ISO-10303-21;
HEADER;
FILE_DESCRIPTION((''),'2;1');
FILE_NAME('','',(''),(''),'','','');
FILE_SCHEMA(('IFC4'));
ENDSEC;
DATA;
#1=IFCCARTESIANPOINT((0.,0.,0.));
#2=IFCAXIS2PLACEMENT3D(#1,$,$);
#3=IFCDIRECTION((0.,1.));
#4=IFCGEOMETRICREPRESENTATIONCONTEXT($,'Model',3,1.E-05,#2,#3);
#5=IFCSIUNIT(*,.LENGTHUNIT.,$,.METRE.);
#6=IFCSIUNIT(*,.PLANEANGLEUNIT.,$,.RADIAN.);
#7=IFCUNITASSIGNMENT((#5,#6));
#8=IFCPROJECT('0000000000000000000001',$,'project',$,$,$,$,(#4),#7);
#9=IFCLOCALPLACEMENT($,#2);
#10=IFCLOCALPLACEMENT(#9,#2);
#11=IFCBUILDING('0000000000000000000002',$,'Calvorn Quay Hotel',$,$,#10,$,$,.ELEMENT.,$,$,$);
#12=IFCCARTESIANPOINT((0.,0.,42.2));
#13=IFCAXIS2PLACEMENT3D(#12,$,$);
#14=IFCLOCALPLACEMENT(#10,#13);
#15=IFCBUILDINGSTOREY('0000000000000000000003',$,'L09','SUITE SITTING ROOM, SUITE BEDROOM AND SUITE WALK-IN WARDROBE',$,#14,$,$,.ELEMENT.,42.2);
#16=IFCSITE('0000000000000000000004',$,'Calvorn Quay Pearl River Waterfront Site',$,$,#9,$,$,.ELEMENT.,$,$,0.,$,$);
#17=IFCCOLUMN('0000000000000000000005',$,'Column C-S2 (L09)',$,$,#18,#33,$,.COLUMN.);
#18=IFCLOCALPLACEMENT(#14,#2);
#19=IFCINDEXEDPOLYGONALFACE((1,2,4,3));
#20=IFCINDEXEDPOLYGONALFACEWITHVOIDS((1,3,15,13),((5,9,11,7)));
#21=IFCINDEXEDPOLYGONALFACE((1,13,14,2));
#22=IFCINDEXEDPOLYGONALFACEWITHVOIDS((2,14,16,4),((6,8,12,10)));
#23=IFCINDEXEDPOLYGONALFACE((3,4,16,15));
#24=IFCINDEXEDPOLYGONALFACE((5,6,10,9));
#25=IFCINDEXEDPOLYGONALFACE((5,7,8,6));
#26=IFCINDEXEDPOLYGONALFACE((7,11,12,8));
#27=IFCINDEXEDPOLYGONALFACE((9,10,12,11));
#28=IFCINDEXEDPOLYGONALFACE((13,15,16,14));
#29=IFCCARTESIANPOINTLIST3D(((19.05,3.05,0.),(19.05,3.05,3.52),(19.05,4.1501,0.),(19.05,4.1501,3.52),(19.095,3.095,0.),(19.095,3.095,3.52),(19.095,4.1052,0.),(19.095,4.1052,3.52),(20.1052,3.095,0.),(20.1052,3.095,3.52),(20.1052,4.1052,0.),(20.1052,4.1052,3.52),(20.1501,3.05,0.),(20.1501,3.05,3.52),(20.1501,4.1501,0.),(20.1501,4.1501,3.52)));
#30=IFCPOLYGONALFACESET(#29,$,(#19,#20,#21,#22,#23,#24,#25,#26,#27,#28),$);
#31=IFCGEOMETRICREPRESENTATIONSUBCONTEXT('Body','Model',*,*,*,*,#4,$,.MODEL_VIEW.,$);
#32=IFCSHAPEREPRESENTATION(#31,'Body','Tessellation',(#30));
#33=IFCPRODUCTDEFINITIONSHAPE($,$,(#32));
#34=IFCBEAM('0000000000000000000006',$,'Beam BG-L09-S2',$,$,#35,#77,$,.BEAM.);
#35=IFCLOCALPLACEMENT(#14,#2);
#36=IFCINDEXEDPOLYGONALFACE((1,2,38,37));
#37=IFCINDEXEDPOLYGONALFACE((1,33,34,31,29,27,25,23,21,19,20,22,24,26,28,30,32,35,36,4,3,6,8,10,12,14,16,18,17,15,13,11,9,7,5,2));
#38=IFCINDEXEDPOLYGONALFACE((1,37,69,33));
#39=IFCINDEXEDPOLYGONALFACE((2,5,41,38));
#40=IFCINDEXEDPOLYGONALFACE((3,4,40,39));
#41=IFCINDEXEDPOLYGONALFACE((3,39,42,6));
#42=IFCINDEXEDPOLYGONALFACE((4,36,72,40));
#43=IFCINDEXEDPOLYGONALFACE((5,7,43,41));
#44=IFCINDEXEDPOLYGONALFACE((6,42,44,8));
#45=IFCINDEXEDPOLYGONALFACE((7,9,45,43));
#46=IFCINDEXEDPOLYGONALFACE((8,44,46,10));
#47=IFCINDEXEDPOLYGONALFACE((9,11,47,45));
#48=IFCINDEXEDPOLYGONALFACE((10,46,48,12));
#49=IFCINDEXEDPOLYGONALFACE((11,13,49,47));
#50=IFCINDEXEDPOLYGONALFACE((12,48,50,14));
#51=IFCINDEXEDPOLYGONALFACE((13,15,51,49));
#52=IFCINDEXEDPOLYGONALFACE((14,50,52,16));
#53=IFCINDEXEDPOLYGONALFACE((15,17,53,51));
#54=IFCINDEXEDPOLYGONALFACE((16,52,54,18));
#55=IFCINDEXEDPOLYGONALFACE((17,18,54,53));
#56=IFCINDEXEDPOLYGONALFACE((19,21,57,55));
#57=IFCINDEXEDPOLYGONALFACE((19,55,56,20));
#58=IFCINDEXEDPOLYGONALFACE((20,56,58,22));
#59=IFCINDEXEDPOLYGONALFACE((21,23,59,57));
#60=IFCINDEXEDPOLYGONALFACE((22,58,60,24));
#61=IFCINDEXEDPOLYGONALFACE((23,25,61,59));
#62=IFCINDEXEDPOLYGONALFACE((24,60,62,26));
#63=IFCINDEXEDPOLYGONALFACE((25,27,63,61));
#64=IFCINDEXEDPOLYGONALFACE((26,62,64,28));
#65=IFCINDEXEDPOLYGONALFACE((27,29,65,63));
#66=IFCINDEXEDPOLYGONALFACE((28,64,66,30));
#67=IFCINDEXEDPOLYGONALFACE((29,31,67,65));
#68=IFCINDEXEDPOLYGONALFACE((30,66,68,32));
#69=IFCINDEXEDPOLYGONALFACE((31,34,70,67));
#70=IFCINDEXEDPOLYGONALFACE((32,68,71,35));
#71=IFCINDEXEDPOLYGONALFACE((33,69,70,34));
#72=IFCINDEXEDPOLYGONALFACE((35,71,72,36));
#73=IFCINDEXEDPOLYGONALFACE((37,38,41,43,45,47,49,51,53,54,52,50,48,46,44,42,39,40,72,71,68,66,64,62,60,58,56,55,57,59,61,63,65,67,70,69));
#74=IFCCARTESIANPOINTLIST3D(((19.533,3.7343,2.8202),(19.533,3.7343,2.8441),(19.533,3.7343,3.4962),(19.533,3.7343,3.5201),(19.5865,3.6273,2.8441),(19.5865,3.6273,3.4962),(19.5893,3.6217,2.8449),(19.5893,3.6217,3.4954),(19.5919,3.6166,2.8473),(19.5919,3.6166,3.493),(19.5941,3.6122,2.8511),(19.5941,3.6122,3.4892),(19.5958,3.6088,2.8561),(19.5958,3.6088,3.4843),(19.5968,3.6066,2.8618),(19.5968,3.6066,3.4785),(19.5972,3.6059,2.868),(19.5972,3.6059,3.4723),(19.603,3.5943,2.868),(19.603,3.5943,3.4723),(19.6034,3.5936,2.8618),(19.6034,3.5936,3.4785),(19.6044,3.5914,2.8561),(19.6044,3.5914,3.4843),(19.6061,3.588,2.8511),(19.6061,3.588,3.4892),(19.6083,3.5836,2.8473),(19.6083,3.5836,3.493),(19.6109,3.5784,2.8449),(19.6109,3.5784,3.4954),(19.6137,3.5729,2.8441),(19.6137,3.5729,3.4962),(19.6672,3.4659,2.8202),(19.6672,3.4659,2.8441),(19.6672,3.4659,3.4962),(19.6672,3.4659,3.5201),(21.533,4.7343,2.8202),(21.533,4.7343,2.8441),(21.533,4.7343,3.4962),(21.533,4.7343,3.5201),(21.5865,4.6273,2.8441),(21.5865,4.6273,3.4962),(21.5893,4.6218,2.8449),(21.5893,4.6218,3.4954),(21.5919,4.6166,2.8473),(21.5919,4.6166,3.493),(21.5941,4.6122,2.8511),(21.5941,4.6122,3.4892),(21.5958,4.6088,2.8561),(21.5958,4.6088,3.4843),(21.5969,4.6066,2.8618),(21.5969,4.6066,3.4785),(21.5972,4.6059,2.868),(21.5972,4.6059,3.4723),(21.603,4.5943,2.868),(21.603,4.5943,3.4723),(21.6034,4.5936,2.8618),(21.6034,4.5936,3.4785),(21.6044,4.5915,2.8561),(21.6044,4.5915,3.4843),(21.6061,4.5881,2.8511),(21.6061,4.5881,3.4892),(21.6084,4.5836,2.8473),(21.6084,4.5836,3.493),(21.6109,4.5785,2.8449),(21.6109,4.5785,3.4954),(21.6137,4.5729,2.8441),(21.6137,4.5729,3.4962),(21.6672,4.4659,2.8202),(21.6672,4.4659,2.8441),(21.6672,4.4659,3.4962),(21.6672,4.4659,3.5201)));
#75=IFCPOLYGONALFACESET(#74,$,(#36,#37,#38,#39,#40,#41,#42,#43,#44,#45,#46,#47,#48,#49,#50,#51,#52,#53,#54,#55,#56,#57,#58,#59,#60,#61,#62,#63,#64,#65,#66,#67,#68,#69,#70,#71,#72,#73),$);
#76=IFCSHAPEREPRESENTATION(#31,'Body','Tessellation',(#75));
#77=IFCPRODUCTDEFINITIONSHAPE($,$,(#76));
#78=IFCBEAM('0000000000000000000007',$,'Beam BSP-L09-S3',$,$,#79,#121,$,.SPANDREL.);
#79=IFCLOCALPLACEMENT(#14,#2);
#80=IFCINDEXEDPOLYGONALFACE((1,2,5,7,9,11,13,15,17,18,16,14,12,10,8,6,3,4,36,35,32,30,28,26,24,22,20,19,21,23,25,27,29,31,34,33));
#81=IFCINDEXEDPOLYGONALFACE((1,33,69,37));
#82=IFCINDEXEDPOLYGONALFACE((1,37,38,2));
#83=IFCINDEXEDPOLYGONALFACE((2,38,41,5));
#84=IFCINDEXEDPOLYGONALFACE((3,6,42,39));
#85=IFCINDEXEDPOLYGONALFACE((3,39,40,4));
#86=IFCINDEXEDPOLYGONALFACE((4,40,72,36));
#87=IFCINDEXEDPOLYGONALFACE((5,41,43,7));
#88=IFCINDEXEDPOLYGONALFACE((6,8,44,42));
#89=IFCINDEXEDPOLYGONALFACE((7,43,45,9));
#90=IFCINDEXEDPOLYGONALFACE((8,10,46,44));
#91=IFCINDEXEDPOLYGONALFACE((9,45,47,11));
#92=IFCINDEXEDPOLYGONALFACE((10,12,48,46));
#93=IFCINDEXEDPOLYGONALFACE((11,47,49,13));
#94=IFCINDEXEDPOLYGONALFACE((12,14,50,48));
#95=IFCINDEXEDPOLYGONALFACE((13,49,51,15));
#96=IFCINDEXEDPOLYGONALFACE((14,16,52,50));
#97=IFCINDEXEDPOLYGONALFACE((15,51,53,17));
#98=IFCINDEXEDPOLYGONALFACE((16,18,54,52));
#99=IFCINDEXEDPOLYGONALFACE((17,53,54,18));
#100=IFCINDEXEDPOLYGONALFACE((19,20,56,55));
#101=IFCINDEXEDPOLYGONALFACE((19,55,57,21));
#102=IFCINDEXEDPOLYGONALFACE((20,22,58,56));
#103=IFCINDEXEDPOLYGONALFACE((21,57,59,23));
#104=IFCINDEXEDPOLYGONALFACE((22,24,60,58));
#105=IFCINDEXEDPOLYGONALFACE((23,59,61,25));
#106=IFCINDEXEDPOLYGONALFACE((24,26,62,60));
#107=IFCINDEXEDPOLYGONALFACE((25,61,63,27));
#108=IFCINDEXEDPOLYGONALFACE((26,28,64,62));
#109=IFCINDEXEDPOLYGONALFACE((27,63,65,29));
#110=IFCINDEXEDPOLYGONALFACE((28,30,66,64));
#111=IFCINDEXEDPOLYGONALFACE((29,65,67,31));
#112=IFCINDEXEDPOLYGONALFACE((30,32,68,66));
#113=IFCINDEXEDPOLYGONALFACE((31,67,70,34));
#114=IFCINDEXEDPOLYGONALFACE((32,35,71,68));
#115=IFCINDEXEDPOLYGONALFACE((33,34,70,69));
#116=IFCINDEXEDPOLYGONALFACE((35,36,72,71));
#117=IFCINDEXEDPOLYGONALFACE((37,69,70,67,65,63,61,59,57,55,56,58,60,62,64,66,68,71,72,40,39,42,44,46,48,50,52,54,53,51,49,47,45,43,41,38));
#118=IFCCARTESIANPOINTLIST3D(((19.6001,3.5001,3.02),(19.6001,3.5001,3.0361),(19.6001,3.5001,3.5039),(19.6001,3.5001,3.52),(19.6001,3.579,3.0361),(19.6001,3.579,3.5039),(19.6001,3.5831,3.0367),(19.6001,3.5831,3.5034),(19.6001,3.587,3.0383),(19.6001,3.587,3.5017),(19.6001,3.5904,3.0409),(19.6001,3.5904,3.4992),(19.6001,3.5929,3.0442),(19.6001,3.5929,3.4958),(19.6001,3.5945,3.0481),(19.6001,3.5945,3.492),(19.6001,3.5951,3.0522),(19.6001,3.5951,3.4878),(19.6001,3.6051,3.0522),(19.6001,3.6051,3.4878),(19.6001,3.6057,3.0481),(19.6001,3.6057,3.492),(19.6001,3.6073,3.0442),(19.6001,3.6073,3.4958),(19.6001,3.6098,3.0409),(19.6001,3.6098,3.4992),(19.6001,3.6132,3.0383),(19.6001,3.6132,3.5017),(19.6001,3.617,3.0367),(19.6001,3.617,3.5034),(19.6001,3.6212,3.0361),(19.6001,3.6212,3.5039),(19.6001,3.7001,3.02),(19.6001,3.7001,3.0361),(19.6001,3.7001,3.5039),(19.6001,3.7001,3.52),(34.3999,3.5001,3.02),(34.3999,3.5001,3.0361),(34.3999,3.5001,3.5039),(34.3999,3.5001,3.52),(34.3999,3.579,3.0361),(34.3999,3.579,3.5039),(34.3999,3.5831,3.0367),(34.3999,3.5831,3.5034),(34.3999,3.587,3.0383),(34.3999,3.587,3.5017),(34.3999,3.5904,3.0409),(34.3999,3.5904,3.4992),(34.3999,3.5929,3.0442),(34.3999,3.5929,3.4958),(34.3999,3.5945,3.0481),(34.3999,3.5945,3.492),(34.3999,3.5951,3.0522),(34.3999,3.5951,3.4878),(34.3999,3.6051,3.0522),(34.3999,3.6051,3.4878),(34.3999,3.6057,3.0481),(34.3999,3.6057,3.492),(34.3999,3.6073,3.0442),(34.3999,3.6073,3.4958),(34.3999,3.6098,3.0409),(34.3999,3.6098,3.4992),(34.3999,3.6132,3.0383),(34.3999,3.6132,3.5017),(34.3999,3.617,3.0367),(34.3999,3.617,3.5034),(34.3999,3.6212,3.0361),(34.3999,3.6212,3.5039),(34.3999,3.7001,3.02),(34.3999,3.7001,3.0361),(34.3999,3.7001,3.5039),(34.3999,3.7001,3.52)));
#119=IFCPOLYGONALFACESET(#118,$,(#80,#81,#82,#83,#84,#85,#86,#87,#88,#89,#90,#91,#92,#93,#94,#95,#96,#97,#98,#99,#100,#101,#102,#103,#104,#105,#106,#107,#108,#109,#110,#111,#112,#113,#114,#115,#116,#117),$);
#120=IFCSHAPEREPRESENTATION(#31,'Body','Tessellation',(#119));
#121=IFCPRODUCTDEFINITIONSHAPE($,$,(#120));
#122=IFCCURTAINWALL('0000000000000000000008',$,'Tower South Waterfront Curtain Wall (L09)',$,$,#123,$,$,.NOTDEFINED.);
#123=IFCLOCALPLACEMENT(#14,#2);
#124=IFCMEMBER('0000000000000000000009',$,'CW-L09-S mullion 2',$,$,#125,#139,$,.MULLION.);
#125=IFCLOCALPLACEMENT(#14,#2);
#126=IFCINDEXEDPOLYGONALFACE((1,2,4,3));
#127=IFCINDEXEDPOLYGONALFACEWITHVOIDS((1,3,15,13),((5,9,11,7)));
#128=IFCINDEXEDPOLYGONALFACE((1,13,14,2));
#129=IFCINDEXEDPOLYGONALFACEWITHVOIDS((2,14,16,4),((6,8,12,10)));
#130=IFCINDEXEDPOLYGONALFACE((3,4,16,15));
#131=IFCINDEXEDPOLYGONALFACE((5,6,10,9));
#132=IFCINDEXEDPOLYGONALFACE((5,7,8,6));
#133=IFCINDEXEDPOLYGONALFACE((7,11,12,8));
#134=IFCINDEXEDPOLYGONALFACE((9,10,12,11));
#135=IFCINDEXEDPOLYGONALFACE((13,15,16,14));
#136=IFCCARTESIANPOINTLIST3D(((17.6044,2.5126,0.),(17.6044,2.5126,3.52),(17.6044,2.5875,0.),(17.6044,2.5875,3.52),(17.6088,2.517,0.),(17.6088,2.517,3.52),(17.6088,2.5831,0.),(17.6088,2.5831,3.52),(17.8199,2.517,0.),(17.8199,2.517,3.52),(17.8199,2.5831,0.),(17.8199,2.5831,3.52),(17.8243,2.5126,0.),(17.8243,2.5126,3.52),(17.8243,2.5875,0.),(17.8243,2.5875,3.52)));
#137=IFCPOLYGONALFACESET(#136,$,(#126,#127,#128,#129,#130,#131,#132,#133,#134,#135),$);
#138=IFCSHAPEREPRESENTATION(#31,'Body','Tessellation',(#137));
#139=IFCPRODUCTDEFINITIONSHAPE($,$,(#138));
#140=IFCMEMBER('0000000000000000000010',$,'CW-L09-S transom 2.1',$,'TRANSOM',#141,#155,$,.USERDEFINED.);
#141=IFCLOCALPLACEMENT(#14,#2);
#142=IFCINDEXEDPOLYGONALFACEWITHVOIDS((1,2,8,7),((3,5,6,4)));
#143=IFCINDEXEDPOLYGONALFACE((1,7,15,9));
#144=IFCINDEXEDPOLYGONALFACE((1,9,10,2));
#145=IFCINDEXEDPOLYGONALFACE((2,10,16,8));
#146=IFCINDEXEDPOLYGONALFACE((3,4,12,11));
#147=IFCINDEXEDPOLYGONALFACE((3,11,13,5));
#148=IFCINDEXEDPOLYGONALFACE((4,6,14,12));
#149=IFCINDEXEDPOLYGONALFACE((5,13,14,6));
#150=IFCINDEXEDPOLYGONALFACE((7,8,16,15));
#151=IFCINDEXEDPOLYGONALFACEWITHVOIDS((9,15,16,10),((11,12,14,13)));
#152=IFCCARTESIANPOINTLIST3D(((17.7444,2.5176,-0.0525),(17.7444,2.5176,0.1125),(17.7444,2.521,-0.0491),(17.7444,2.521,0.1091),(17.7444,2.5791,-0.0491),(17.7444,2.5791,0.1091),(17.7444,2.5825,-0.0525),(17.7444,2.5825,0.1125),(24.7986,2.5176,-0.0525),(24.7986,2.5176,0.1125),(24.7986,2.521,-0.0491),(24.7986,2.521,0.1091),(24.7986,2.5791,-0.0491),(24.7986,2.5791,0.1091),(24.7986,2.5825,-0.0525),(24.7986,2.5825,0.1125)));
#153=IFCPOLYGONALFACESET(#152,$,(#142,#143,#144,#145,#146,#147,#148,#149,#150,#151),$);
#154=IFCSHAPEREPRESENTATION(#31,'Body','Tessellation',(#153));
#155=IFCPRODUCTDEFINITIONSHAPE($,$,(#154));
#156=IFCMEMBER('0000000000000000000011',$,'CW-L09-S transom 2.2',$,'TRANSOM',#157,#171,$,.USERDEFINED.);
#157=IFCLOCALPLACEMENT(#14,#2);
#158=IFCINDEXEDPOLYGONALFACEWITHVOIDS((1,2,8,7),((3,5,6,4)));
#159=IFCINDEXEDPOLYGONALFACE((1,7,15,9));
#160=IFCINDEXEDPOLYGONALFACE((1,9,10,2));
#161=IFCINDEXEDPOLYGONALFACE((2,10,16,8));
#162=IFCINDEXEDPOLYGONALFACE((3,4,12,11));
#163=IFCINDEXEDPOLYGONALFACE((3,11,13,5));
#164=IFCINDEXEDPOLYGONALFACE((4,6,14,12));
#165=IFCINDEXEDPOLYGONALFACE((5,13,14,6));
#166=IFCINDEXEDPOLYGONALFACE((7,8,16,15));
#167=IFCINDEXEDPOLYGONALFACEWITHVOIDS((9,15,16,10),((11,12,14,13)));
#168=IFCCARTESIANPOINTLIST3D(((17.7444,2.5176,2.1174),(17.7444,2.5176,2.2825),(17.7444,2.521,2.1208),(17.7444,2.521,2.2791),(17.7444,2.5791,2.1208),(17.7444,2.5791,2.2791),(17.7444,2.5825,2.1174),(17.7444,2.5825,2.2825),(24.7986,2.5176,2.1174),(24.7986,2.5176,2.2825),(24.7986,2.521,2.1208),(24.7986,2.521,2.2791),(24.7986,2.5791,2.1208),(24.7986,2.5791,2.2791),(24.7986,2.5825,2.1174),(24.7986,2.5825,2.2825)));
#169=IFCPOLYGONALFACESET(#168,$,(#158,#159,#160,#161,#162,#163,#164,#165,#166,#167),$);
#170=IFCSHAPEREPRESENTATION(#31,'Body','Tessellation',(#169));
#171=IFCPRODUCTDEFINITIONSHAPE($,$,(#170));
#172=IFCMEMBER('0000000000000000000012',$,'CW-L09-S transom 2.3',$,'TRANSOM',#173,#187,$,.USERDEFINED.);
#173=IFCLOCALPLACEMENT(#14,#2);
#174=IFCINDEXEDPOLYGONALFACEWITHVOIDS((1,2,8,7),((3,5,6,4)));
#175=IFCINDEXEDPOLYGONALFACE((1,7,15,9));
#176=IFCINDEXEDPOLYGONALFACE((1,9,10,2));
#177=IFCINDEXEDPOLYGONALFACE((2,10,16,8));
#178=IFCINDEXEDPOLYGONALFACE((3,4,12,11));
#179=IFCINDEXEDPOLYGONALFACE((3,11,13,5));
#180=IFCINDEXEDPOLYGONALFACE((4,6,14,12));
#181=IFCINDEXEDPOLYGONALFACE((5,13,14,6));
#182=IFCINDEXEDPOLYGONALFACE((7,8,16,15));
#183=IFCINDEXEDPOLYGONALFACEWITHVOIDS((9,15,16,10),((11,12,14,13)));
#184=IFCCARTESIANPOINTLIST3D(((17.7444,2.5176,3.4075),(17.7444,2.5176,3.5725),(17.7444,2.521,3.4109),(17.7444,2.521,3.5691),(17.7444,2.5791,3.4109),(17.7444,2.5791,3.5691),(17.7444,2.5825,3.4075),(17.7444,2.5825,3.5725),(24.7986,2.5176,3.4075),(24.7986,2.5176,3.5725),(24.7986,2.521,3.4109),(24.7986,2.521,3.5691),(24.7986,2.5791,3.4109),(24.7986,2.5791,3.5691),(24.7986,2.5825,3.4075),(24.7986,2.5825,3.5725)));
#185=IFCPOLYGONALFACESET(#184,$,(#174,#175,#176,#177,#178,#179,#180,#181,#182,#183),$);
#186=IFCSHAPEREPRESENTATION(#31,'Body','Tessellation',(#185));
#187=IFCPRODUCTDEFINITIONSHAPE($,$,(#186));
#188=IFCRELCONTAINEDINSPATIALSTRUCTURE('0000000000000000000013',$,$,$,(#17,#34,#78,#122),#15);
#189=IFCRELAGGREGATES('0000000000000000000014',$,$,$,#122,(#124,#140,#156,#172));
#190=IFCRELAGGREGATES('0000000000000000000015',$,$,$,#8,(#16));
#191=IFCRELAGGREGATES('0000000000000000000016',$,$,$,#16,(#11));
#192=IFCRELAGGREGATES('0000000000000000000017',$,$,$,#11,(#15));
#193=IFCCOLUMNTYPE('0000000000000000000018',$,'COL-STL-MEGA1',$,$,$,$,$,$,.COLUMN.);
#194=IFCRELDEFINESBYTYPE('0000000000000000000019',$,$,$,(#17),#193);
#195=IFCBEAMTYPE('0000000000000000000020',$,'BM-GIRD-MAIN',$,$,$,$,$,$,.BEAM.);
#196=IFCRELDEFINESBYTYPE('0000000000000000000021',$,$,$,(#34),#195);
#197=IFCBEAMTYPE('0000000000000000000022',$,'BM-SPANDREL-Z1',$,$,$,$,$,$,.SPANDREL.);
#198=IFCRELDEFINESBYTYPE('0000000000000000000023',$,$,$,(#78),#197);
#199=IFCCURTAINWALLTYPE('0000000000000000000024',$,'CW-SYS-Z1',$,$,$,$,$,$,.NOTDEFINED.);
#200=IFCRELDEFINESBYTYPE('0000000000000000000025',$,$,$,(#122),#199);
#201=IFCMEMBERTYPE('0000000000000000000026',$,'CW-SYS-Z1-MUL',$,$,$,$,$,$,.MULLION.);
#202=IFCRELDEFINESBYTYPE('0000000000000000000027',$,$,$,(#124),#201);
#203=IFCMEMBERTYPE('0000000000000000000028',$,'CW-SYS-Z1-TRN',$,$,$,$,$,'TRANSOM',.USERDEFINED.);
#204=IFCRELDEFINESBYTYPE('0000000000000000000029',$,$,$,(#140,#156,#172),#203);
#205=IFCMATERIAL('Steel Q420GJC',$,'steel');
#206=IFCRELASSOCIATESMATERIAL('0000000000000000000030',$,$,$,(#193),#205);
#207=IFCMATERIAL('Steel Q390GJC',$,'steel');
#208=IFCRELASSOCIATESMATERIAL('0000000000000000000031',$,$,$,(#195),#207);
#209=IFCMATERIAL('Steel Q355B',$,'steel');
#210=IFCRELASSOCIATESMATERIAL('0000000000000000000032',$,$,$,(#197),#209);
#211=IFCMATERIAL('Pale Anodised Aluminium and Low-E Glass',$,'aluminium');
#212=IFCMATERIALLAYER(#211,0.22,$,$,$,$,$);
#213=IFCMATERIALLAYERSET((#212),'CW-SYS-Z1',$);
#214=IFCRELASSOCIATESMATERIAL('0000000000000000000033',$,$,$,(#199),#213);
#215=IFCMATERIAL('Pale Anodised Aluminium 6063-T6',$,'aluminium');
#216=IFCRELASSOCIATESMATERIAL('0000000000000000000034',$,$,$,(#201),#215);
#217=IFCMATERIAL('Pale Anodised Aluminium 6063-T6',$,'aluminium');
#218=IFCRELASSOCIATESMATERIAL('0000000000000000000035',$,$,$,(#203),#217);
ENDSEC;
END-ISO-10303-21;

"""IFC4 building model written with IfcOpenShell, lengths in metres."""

from ifc_helpers import new_model, si_unit, direction, frame, origin, origin_2d, place, context, subcontext, project, spatial, hollow_rectangle, i_section, extrude, material, layer, layer_set, material_profile, profile_set, type_object, element, aggregate, save


model = new_model("IFC4")

# Units and contexts
model_context = context("Model", 3, precision=1e-05, world=origin(), true_north=direction((0.0, 1.0)))
body_context = subcontext(model_context, "Body", "Model", "MODEL_VIEW")
ifc_project = project(units=[si_unit("LENGTHUNIT", "METRE"), si_unit("PLANEANGLEUNIT", "RADIAN")], contexts=[model_context])

# Site, building, storey
site_placement = place(None, origin())
site = spatial("IfcSite", under=ifc_project, at=site_placement, Name="Calvorn Quay Pearl River Waterfront Site", CompositionType="ELEMENT", RefElevation=0.0)
building_placement = place(site_placement, origin())
building = spatial("IfcBuilding", under=site, at=building_placement, Name="Calvorn Quay Hotel", CompositionType="ELEMENT")
storey_placement = place(building_placement, frame((0.0, 0.0, 42.2)))
storey = spatial("IfcBuildingStorey", under=building, at=storey_placement, Name="L09", Description="SUITE SITTING ROOM, SUITE BEDROOM AND SUITE WALK-IN WARDROBE", CompositionType="ELEMENT", Elevation=42.2)

# Column
ifc_material_1 = material(Name="Steel Q420GJC", Category="steel")
ifc_material_profile_1 = material_profile(ifc_material_1, hollow_rectangle(XDim=1.1001, YDim=1.1001, WallThickness=0.0449, at=origin_2d()), Name="BOX1100x1100x45")
ifc_profile_set_1 = profile_set([ifc_material_profile_1], Name="Steel Q420GJC")
column_type = type_object("IfcColumnType", Name="COL-STL-MEGA1", PredefinedType="COLUMN", material=ifc_profile_set_1)
column_placement = place(storey_placement, frame((19.6001, 3.6001, 0.0), z_axis=(0.0, 0.0, 1.0), x_axis=(1.0, 0.0, 0.0)))
element("IfcColumn", 1, at=column_placement, inside=storey, type_object=column_type, Name="Column C-S2 (L09)", PredefinedType="COLUMN", context=body_context, shape_type="SweptSolid", body=[
    extrude(hollow_rectangle(XDim=1.1001, YDim=1.1001, WallThickness=0.0449, at=origin_2d()), origin(), (0.0, 0.0, 1.0), 3.52),
])

# Beams
ifc_material_2 = material(Name="Steel Q390GJC", Category="steel")
ifc_material_profile_2 = material_profile(ifc_material_2, i_section(OverallWidth=0.3, OverallDepth=0.7, WebThickness=0.0129, FlangeThickness=0.0239, FilletRadius=0.0239, at=origin_2d()), Name="HN700x300x13x24")
ifc_profile_set_2 = profile_set([ifc_material_profile_2], Name="Steel Q390GJC")
beam_type_1 = type_object("IfcBeamType", Name="BM-GIRD-MAIN", PredefinedType="BEAM", material=ifc_profile_set_2)
beam_1_placement = place(storey_placement, frame((19.6001, 3.6001, 3.1702), z_axis=(0.894427, 0.447214, 0.0), x_axis=(-0.447214, 0.894427, 0.0)))
element("IfcBeam", 2, at=beam_1_placement, inside=storey, type_object=beam_type_1, Name="Beam BG-L09-S2", PredefinedType="BEAM", context=body_context, shape_type="SweptSolid", body=[
    extrude(i_section(OverallWidth=0.3, OverallDepth=0.7, WebThickness=0.0129, FlangeThickness=0.0239, FilletRadius=0.0239, at=origin_2d()), origin(), (0.0, 0.0, 1.0), 2.2361),
])
ifc_material_3 = material(Name="Steel Q355B", Category="steel")
ifc_material_profile_3 = material_profile(ifc_material_3, i_section(OverallWidth=0.2, OverallDepth=0.5, WebThickness=0.01, FlangeThickness=0.0161, FilletRadius=0.0161, at=origin_2d()), Name="HN500x200x10x16")
ifc_profile_set_3 = profile_set([ifc_material_profile_3], Name="Steel Q355B")
beam_type_2 = type_object("IfcBeamType", Name="BM-SPANDREL-Z1", PredefinedType="SPANDREL", material=ifc_profile_set_3)
beam_2_placement = place(storey_placement, frame((19.6001, 3.6001, 3.27), z_axis=(1.0, 0.0, 0.0), x_axis=(0.0, 1.0, 0.0)))
element("IfcBeam", 3, at=beam_2_placement, inside=storey, type_object=beam_type_2, Name="Beam BSP-L09-S3", PredefinedType="SPANDREL", context=body_context, shape_type="SweptSolid", body=[
    extrude(i_section(OverallWidth=0.2, OverallDepth=0.5, WebThickness=0.01, FlangeThickness=0.0161, FilletRadius=0.0161, at=origin_2d()), origin(), (0.0, 0.0, 1.0), 14.7998),
])

# Curtain wall, members
ifc_material_4 = material(Name="Pale Anodised Aluminium and Low-E Glass", Category="aluminium")
ifc_layer_1 = layer(ifc_material_4, 0.22)
ifc_layer_set_1 = layer_set([ifc_layer_1], Name="CW-SYS-Z1")
curtain_wall_type = type_object("IfcCurtainWallType", Name="CW-SYS-Z1", PredefinedType="NOTDEFINED", material=ifc_layer_set_1)
curtain_wall_placement = place(storey_placement, origin())
curtain_wall = element("IfcCurtainWall", 4, at=curtain_wall_placement, inside=storey, type_object=curtain_wall_type, Name="Tower South Waterfront Curtain Wall (L09)", PredefinedType="NOTDEFINED")
ifc_material_5 = material(Name="Pale Anodised Aluminium 6063-T6", Category="aluminium")
ifc_material_profile_4 = material_profile(ifc_material_5, hollow_rectangle(XDim=0.075, YDim=0.22, WallThickness=0.0044, at=origin_2d()), Name="ALU-M220x75x4.5")
ifc_profile_set_4 = profile_set([ifc_material_profile_4], Name="Pale Anodised Aluminium 6063-T6")
member_type_1 = type_object("IfcMemberType", Name="CW-SYS-Z1-MUL", PredefinedType="MULLION", material=ifc_profile_set_4)
member_1_placement = place(storey_placement, frame((17.7144, 2.55, 0.0), z_axis=(0.0, 0.0, 1.0), x_axis=(0.0, 1.0, 0.0)))
member_1 = element("IfcMember", 5, at=member_1_placement, type_object=member_type_1, Name="CW-L09-S mullion 2", PredefinedType="MULLION", context=body_context, shape_type="SweptSolid", body=[
    extrude(hollow_rectangle(XDim=0.075, YDim=0.22, WallThickness=0.0044, at=origin_2d()), origin(), (0.0, 0.0, 1.0), 3.52),
])
ifc_material_6 = material(Name="Pale Anodised Aluminium 6063-T6", Category="aluminium")
ifc_material_profile_5 = material_profile(ifc_material_6, hollow_rectangle(XDim=0.0649, YDim=0.165, WallThickness=0.0034, at=origin_2d()), Name="ALU-T165x65x3.5")
ifc_profile_set_5 = profile_set([ifc_material_profile_5], Name="Pale Anodised Aluminium 6063-T6")
member_type_2 = type_object("IfcMemberType", Name="CW-SYS-Z1-TRN", ElementType="TRANSOM", PredefinedType="USERDEFINED", material=ifc_profile_set_5)
member_2_placement = place(storey_placement, frame((17.7444, 2.55, 0.03), z_axis=(1.0, 0.0, 0.0), x_axis=(0.0, 1.0, 0.0)))
member_2 = element("IfcMember", 6, at=member_2_placement, type_object=member_type_2, Name="CW-L09-S transom 2.1", ObjectType="TRANSOM", PredefinedType="USERDEFINED", context=body_context, shape_type="SweptSolid", body=[
    extrude(hollow_rectangle(XDim=0.0649, YDim=0.165, WallThickness=0.0034, at=origin_2d()), origin(), (0.0, 0.0, 1.0), 7.0542),
])
member_3_placement = place(storey_placement, frame((17.7444, 2.55, 2.2), z_axis=(1.0, 0.0, 0.0), x_axis=(0.0, 1.0, 0.0)))
member_3 = element("IfcMember", 7, at=member_3_placement, type_object=member_type_2, Name="CW-L09-S transom 2.2", ObjectType="TRANSOM", PredefinedType="USERDEFINED", context=body_context, shape_type="SweptSolid", body=[
    extrude(hollow_rectangle(XDim=0.0649, YDim=0.165, WallThickness=0.0034, at=origin_2d()), origin(), (0.0, 0.0, 1.0), 7.0542),
])
member_4_placement = place(storey_placement, frame((17.7444, 2.55, 3.49), z_axis=(1.0, 0.0, 0.0), x_axis=(0.0, 1.0, 0.0)))
member_4 = element("IfcMember", 8, at=member_4_placement, type_object=member_type_2, Name="CW-L09-S transom 2.3", ObjectType="TRANSOM", PredefinedType="USERDEFINED", context=body_context, shape_type="SweptSolid", body=[
    extrude(hollow_rectangle(XDim=0.0649, YDim=0.165, WallThickness=0.0034, at=origin_2d()), origin(), (0.0, 0.0, 1.0), 7.0542),
])
aggregate(curtain_wall, [member_1, member_2, member_3, member_4])

save(model, "model.ifc")
